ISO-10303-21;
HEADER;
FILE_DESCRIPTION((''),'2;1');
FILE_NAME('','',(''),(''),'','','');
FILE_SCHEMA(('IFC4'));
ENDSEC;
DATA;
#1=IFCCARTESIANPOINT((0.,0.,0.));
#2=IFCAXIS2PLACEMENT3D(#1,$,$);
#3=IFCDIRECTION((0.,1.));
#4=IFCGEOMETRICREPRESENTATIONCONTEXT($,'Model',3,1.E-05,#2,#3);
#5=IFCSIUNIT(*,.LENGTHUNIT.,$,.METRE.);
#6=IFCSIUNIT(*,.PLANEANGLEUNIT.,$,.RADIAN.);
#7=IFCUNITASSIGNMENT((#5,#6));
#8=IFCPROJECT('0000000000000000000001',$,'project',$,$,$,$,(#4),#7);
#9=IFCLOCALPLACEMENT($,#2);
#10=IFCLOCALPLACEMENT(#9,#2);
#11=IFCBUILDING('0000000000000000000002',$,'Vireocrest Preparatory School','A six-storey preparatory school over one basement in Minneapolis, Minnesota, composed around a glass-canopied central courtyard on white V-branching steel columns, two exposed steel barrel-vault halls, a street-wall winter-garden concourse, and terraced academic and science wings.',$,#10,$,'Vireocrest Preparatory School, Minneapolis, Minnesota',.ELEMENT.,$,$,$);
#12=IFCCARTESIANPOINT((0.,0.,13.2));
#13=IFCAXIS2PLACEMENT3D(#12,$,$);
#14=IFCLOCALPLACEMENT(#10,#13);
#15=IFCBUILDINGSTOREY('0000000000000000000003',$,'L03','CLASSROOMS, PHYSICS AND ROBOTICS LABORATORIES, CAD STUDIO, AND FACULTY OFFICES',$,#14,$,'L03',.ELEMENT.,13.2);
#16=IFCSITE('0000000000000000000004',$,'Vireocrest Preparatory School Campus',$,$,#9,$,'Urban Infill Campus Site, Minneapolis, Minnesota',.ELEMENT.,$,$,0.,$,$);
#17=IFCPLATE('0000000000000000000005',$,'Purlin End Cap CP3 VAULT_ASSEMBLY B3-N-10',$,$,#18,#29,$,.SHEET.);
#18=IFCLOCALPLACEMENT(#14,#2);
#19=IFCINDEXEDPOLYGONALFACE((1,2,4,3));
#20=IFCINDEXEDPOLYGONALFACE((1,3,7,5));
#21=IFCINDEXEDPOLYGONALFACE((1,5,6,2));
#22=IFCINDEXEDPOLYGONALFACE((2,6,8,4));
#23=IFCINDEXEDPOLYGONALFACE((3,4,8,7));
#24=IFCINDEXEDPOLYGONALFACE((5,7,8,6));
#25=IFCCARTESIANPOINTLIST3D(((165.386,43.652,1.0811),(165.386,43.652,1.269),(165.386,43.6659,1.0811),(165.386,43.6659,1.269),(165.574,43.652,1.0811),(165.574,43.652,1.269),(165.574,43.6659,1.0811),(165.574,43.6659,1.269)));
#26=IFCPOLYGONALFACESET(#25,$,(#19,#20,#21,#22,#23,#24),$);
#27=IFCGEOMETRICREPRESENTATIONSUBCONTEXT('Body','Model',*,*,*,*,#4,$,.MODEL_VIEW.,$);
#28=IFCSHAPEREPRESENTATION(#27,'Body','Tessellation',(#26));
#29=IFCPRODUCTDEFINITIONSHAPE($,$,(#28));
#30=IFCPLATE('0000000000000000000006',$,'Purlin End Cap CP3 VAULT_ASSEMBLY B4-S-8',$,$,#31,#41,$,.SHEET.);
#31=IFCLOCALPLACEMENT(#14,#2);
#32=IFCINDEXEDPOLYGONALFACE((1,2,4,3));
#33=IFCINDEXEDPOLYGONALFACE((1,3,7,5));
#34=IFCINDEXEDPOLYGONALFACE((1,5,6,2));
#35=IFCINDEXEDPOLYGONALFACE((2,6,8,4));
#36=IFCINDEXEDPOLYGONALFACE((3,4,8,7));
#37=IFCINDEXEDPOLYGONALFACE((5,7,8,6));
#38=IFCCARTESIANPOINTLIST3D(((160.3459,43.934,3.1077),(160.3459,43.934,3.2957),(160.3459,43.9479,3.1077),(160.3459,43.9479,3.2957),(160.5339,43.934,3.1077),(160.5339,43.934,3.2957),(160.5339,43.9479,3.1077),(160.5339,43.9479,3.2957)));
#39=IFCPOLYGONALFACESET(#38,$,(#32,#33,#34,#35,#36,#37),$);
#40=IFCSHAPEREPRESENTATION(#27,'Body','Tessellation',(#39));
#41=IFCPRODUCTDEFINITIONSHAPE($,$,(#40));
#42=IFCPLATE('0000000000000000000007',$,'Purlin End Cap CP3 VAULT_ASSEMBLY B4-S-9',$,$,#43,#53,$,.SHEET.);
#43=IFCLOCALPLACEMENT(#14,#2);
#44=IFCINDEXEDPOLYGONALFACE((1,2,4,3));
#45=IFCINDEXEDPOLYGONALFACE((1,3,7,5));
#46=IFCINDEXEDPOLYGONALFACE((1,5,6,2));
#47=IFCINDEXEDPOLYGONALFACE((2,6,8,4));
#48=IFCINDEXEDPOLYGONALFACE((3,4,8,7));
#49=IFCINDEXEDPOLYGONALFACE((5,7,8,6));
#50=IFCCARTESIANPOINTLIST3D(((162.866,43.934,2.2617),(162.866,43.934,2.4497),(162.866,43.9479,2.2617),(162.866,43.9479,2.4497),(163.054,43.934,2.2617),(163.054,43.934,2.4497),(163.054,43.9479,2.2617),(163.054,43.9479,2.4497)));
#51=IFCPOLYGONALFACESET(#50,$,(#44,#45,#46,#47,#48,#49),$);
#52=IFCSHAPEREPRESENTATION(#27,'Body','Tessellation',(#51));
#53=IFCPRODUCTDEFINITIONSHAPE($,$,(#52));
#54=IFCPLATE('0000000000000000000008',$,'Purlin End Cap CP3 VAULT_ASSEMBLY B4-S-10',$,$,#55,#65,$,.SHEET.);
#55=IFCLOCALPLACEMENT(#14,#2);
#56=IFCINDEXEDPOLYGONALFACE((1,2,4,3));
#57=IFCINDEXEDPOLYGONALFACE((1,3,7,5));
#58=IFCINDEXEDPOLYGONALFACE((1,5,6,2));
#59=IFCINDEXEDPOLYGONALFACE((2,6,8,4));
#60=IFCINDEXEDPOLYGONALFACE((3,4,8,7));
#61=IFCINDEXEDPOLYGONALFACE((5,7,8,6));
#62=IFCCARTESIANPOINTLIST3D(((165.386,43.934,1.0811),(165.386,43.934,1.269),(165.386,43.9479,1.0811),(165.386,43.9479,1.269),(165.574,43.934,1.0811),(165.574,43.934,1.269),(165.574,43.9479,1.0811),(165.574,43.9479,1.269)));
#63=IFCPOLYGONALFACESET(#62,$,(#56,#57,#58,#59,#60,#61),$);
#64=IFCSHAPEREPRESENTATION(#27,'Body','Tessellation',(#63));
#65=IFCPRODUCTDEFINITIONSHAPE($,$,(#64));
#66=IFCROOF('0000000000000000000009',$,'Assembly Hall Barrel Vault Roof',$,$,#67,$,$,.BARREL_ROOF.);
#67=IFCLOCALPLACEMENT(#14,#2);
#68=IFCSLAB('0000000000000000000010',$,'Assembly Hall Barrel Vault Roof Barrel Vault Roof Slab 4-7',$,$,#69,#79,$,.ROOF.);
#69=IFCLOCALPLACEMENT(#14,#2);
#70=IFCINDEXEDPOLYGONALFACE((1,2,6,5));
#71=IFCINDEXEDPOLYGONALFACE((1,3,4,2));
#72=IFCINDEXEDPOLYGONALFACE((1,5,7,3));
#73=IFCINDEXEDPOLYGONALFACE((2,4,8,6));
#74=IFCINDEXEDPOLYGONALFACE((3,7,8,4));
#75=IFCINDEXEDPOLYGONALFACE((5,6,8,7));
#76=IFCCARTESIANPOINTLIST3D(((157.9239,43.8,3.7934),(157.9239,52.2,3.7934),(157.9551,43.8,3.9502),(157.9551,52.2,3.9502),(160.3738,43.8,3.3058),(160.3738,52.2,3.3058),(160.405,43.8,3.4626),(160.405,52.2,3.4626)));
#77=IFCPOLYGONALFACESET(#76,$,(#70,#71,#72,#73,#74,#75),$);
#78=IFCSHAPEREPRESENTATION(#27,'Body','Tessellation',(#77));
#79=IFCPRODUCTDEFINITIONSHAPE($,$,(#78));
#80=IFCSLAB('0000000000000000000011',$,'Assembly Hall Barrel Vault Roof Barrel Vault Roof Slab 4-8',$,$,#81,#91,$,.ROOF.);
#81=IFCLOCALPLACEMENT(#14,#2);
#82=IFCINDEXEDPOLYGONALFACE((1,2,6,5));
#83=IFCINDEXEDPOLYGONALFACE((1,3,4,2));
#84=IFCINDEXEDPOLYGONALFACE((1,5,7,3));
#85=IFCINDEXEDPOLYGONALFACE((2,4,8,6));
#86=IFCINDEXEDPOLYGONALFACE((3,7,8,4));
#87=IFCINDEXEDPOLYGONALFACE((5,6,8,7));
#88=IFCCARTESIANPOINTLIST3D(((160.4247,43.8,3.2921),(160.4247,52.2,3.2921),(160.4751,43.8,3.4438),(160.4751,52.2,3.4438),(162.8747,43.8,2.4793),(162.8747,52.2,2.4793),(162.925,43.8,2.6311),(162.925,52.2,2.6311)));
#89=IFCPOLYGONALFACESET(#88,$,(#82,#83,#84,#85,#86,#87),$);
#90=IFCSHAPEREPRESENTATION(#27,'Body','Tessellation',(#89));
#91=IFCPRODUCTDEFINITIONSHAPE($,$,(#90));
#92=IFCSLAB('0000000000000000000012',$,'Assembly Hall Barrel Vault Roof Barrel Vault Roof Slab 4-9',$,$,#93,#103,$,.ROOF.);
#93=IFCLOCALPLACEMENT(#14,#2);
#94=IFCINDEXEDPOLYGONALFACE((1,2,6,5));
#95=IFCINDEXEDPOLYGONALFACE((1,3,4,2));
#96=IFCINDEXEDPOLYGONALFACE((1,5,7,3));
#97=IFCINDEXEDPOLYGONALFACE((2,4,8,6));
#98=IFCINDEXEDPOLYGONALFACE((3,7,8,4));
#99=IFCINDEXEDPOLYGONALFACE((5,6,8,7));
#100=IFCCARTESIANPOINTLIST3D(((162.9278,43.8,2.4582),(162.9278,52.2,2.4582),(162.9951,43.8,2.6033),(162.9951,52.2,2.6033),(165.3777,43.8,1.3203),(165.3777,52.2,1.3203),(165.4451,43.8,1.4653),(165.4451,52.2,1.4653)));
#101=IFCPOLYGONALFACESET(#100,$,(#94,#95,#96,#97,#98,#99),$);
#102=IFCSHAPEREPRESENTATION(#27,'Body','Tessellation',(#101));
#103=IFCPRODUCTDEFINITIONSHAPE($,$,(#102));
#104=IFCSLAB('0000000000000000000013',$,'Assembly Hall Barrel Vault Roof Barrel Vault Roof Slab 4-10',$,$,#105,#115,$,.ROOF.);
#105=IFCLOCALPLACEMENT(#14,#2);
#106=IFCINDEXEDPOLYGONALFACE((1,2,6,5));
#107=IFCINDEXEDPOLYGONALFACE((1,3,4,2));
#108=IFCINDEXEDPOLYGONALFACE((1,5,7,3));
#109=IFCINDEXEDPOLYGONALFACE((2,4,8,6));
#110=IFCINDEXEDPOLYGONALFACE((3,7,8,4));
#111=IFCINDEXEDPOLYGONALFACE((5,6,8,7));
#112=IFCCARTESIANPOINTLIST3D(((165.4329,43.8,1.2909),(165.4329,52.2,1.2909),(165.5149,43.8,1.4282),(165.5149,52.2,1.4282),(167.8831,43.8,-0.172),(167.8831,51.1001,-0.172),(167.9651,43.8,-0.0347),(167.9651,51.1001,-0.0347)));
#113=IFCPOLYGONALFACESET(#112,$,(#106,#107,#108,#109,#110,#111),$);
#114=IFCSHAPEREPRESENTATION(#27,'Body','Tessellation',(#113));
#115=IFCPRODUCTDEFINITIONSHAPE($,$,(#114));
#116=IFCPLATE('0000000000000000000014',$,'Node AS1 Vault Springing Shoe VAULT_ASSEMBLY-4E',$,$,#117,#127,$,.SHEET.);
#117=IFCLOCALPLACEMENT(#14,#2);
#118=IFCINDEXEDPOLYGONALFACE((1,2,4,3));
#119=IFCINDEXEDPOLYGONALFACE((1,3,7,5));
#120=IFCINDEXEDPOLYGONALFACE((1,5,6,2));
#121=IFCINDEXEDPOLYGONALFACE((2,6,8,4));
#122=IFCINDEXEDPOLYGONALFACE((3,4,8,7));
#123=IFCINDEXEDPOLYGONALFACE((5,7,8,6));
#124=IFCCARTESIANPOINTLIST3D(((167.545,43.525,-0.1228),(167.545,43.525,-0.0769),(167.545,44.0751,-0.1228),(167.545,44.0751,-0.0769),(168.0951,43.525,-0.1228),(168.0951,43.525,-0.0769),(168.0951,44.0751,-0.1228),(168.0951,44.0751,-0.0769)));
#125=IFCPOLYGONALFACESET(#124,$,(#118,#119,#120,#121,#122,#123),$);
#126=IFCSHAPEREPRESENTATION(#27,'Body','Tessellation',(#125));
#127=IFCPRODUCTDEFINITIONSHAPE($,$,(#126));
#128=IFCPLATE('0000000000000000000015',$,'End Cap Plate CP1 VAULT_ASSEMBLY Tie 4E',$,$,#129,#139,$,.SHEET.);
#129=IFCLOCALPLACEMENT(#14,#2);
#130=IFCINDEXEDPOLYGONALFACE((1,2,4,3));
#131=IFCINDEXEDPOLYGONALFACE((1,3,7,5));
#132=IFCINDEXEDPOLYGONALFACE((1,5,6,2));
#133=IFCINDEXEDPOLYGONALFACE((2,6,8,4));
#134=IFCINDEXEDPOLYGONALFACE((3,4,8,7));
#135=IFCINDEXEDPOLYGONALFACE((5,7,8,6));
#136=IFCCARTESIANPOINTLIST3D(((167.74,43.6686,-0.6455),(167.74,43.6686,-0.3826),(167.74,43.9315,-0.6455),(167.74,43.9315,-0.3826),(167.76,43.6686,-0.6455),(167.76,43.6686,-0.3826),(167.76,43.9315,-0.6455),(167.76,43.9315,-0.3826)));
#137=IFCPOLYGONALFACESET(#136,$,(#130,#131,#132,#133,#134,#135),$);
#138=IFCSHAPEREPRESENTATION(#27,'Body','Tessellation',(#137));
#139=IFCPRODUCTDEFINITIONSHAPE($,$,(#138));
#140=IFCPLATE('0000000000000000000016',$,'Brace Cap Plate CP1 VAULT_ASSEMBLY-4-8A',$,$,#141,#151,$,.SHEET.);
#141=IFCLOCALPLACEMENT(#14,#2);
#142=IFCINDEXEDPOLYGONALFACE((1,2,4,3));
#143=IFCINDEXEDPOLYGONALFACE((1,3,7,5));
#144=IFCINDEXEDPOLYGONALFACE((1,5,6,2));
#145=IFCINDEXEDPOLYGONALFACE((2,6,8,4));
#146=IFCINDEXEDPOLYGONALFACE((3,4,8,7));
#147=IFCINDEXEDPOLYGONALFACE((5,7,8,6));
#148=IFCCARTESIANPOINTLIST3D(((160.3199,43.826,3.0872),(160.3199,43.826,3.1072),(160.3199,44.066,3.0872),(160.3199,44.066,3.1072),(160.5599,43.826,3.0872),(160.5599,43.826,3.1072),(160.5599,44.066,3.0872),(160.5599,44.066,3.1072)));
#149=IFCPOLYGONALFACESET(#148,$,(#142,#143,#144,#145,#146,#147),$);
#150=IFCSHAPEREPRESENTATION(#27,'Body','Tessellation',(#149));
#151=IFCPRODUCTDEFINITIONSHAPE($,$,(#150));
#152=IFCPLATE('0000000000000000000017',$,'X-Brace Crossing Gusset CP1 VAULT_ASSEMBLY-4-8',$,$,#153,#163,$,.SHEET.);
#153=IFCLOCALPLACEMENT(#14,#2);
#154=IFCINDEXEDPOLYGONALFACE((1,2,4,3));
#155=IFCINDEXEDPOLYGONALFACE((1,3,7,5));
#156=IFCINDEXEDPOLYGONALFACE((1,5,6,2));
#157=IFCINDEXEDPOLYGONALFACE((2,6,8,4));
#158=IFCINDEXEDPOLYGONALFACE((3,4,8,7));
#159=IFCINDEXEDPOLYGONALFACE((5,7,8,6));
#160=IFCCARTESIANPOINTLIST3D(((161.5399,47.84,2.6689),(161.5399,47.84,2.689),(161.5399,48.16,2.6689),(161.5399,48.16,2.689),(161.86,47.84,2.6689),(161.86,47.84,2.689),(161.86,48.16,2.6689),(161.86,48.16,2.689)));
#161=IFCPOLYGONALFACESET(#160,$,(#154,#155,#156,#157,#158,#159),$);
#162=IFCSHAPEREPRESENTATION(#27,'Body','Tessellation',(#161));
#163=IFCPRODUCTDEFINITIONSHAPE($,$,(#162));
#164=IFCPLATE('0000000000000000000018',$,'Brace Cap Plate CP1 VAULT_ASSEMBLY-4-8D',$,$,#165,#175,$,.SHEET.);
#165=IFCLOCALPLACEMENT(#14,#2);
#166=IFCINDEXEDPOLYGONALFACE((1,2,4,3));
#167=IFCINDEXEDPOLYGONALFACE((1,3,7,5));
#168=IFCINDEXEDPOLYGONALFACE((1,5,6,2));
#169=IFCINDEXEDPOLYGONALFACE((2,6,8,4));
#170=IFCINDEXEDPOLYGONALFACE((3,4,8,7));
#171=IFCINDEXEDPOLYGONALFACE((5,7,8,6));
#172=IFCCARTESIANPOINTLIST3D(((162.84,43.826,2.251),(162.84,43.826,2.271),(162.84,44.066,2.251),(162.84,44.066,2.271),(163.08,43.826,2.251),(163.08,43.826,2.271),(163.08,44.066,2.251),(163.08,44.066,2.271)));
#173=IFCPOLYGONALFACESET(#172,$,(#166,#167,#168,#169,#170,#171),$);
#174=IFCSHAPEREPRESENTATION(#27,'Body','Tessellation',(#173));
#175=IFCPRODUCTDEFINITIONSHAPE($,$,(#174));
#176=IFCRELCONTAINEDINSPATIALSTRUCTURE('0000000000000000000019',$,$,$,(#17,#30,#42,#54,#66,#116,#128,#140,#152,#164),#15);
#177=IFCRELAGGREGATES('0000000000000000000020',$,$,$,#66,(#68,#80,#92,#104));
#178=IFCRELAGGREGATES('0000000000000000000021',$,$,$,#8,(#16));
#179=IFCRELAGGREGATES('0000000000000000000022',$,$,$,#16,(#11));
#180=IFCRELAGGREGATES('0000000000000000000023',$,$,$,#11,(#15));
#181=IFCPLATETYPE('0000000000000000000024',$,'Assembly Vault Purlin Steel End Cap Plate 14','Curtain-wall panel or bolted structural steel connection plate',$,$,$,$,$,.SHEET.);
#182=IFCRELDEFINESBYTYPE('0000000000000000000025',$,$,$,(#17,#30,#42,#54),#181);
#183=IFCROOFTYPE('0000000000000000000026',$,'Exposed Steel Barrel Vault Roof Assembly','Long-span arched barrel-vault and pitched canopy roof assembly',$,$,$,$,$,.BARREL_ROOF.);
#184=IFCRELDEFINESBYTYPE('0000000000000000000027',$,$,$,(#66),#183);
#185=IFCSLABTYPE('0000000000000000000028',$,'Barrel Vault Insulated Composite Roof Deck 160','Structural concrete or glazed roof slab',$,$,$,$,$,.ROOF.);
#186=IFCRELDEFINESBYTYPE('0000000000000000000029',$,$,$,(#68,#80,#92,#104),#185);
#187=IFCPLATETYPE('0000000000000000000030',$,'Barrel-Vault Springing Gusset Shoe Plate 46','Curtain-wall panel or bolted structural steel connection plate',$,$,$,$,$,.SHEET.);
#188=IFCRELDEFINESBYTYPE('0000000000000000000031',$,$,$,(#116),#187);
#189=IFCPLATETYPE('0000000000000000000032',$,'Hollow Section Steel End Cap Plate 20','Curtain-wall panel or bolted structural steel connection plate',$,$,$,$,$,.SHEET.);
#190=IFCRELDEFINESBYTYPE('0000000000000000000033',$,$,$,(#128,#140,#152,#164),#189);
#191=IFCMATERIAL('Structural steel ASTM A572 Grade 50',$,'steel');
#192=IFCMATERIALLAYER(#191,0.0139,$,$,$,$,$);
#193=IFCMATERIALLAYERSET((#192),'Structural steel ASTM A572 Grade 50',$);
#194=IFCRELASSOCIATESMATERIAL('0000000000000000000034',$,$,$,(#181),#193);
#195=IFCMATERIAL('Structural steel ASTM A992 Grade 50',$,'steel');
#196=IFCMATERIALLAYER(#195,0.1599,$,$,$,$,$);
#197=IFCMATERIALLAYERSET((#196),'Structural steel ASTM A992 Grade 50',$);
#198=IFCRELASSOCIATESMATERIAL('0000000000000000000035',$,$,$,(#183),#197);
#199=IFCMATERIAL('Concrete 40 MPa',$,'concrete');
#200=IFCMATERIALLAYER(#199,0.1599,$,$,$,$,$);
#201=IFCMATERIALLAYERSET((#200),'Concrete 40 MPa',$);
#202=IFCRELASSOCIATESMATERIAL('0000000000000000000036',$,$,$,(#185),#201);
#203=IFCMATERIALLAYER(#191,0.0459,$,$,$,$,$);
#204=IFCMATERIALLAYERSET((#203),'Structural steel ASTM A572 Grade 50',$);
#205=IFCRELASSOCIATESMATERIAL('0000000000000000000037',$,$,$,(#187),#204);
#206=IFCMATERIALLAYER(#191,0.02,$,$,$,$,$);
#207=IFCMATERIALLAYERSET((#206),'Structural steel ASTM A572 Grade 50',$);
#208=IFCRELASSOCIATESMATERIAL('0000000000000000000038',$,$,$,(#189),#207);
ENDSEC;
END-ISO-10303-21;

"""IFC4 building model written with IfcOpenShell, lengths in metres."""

from ifc_helpers import new_model, si_unit, direction, frame, origin, origin_2d, place, context, subcontext, project, spatial, polyline, rectangle, outline, extrude, material, layer, layer_set, type_object, element, aggregate, save


model = new_model("IFC4")

# Units and contexts
model_context = context("Model", 3, precision=1e-05, world=origin(), true_north=direction((0.0, 1.0)))
body_context = subcontext(model_context, "Body", "Model", "MODEL_VIEW")
ifc_project = project(units=[si_unit("LENGTHUNIT", "METRE"), si_unit("PLANEANGLEUNIT", "RADIAN")], contexts=[model_context])

# Site, building, storey
site_placement = place(None, origin())
site = spatial("IfcSite", under=ifc_project, at=site_placement, Name="Vireocrest Preparatory School Campus", LongName="Urban Infill Campus Site, Minneapolis, Minnesota", CompositionType="ELEMENT", RefElevation=0.0)
building_placement = place(site_placement, origin())
building = spatial("IfcBuilding", under=site, at=building_placement, Name="Vireocrest Preparatory School", Description="A six-storey preparatory school over one basement in Minneapolis, Minnesota, composed around a glass-canopied central courtyard on white V-branching steel columns, two exposed steel barrel-vault halls, a street-wall winter-garden concourse, and terraced academic and science wings.", LongName="Vireocrest Preparatory School, Minneapolis, Minnesota", CompositionType="ELEMENT")
storey_placement = place(building_placement, frame((0.0, 0.0, 13.2)))
storey = spatial("IfcBuildingStorey", under=building, at=storey_placement, Name="L03", Description="CLASSROOMS, PHYSICS AND ROBOTICS LABORATORIES, CAD STUDIO, AND FACULTY OFFICES", LongName="L03", CompositionType="ELEMENT", Elevation=13.2)

# Shared definitions
ifc_material_1 = material(Name="Structural steel ASTM A992 Grade 50", Category="steel")

# Plates
ifc_material_2 = material(Name="Structural steel ASTM A572 Grade 50", Category="steel")
ifc_layer_1 = layer(ifc_material_2, 0.0139)
ifc_layer_set_1 = layer_set([ifc_layer_1], Name="Structural steel ASTM A572 Grade 50")
plate_type_1 = type_object("IfcPlateType", Name="Assembly Vault Purlin Steel End Cap Plate 14", Description="Curtain-wall panel or bolted structural steel connection plate", PredefinedType="SHEET", material=ifc_layer_set_1)
for number, where, z_axis, x_axis, name in (
    (1, (165.48, 43.6589, 1.0811), (0.0, 0.0, 1.0), (1.0, 0.0, 0.0), "Purlin End Cap CP3 VAULT_ASSEMBLY B3-N-10"),
    (2, (160.4399, 43.9409, 3.1077), (0.0, 0.0, 1.0), (1.0, 0.0, 0.0), "Purlin End Cap CP3 VAULT_ASSEMBLY B4-S-8"),
    (3, (162.96, 43.9409, 2.2617), (0.0, 0.0, 1.0), (1.0, 0.0, 0.0), "Purlin End Cap CP3 VAULT_ASSEMBLY B4-S-9"),
    (4, (165.48, 43.9409, 1.0811), (0.0, 0.0, 1.0), (1.0, 0.0, 0.0), "Purlin End Cap CP3 VAULT_ASSEMBLY B4-S-10"),
):
    element("IfcPlate", number, at=place(storey_placement, frame(where, z_axis=z_axis, x_axis=x_axis)), inside=storey, type_object=plate_type_1, Name=name, PredefinedType="SHEET", context=body_context, shape_type="SweptSolid", body=[
        extrude(rectangle(XDim=0.188, YDim=0.0139, at=origin_2d()), origin(), (0.0, 0.0, 1.0), 0.188),
    ])

# Roof, slabs
ifc_layer_2 = layer(ifc_material_1, 0.1599)
ifc_layer_set_2 = layer_set([ifc_layer_2], Name="Structural steel ASTM A992 Grade 50")
roof_type = type_object("IfcRoofType", Name="Exposed Steel Barrel Vault Roof Assembly", Description="Long-span arched barrel-vault and pitched canopy roof assembly", PredefinedType="BARREL_ROOF", material=ifc_layer_set_2)
roof_placement = place(storey_placement, origin())
roof = element("IfcRoof", 5, at=roof_placement, inside=storey, type_object=roof_type, Name="Assembly Hall Barrel Vault Roof", PredefinedType="BARREL_ROOF")
ifc_material_3 = material(Name="Concrete 40 MPa", Category="concrete")
ifc_layer_3 = layer(ifc_material_3, 0.1599)
ifc_layer_set_3 = layer_set([ifc_layer_3], Name="Concrete 40 MPa")
slab_type = type_object("IfcSlabType", Name="Barrel Vault Insulated Composite Roof Deck 160", Description="Structural concrete or glazed roof slab", PredefinedType="ROOF", material=ifc_layer_set_3)
slab_1_placement = place(storey_placement, frame((157.9551, 43.8, 3.9502), z_axis=(0.195176, 0.0, 0.980768), x_axis=(0.980768, 0.0, -0.195176)))
slab_1 = element("IfcSlab", 6, at=slab_1_placement, type_object=slab_type, Name="Assembly Hall Barrel Vault Roof Barrel Vault Roof Slab 4-7", PredefinedType="ROOF", context=body_context, shape_type="SweptSolid", body=[
    extrude(outline(polyline([(0.0, 0.0), (2.498, 0.0), (2.498, 8.3999), (0.0, 8.3999), (0.0, 0.0)])), origin(), (0.0, 0.0, -1.0), 0.1599),
])
slab_2_placement = place(storey_placement, frame((160.4751, 43.8, 3.4438), z_axis=(0.314865, 0.0, 0.949136), x_axis=(0.949136, 0.0, -0.314865)))
slab_2 = element("IfcSlab", 7, at=slab_2_placement, type_object=slab_type, Name="Assembly Hall Barrel Vault Roof Barrel Vault Roof Slab 4-8", PredefinedType="ROOF", context=body_context, shape_type="SweptSolid", body=[
    extrude(outline(polyline([(0.0, 0.0), (2.5812, 0.0), (2.5812, 8.3999), (0.0, 8.3999), (0.0, 0.0)])), origin(), (0.0, 0.0, -1.0), 0.1599),
])
slab_3_placement = place(storey_placement, frame((162.9951, 43.8, 2.6033), z_axis=(0.421252, 0.0, 0.906944), x_axis=(0.906944, 0.0, -0.421252)))
slab_3 = element("IfcSlab", 8, at=slab_3_placement, type_object=slab_type, Name="Assembly Hall Barrel Vault Roof Barrel Vault Roof Slab 4-9", PredefinedType="ROOF", context=body_context, shape_type="SweptSolid", body=[
    extrude(outline(polyline([(0.0, 0.0), (2.7013, 0.0), (2.7013, 8.3999), (0.0, 8.3999), (0.0, 0.0)])), origin(), (0.0, 0.0, -1.0), 0.1599),
])
slab_4_placement = place(storey_placement, frame((165.5149, 43.8, 1.4282), z_axis=(0.512633, 0.0, 0.858608), x_axis=(0.858608, 0.0, -0.512633)))
slab_4 = element("IfcSlab", 9, at=slab_4_placement, type_object=slab_type, Name="Assembly Hall Barrel Vault Roof Barrel Vault Roof Slab 4-10", PredefinedType="ROOF", context=body_context, shape_type="SweptSolid", body=[
    extrude(outline(polyline([(0.0, 0.0), (2.8537, 0.0), (2.8537, 7.3), (0.0, 8.3999), (0.0, 0.0)])), origin(), (0.0, 0.0, -1.0), 0.1599),
])
aggregate(roof, [slab_1, slab_2, slab_3, slab_4])

# Plates
ifc_layer_4 = layer(ifc_material_2, 0.0459)
ifc_layer_set_4 = layer_set([ifc_layer_4], Name="Structural steel ASTM A572 Grade 50")
plate_type_2 = type_object("IfcPlateType", Name="Barrel-Vault Springing Gusset Shoe Plate 46", Description="Curtain-wall panel or bolted structural steel connection plate", PredefinedType="SHEET", material=ifc_layer_set_4)
plate_1_placement = place(storey_placement, frame((167.8201, 43.8, -0.1228), z_axis=(0.0, 0.0, 1.0), x_axis=(1.0, 0.0, 0.0)))
element("IfcPlate", 10, at=plate_1_placement, inside=storey, type_object=plate_type_2, Name="Node AS1 Vault Springing Shoe VAULT_ASSEMBLY-4E", PredefinedType="SHEET", context=body_context, shape_type="SweptSolid", body=[
    extrude(rectangle(XDim=0.55, YDim=0.55, at=origin_2d()), origin(), (0.0, 0.0, 1.0), 0.0459),
])
ifc_layer_5 = layer(ifc_material_2, 0.02)
ifc_layer_set_5 = layer_set([ifc_layer_5], Name="Structural steel ASTM A572 Grade 50")
plate_type_3 = type_object("IfcPlateType", Name="Hollow Section Steel End Cap Plate 20", Description="Curtain-wall panel or bolted structural steel connection plate", PredefinedType="SHEET", material=ifc_layer_set_5)
plate_2_placement = place(storey_placement, frame((167.75, 43.8, -0.6455), z_axis=(0.0, 0.0, 1.0), x_axis=(1.0, 0.0, 0.0)))
element("IfcPlate", 11, at=plate_2_placement, inside=storey, type_object=plate_type_3, Name="End Cap Plate CP1 VAULT_ASSEMBLY Tie 4E", PredefinedType="SHEET", context=body_context, shape_type="SweptSolid", body=[
    extrude(rectangle(XDim=0.02, YDim=0.2629, at=origin_2d()), origin(), (0.0, 0.0, 1.0), 0.2629),
])
plate_3_placement = place(storey_placement, frame((160.4399, 43.946, 3.0872), z_axis=(0.0, 0.0, 1.0), x_axis=(1.0, 0.0, 0.0)))
element("IfcPlate", 12, at=plate_3_placement, inside=storey, type_object=plate_type_3, Name="Brace Cap Plate CP1 VAULT_ASSEMBLY-4-8A", PredefinedType="SHEET", context=body_context, shape_type="SweptSolid", body=[
    extrude(rectangle(XDim=0.24, YDim=0.24, at=origin_2d()), origin(), (0.0, 0.0, 1.0), 0.02),
])
plate_4_placement = place(storey_placement, frame((161.7, 48.0, 2.6689), z_axis=(0.0, 0.0, 1.0), x_axis=(1.0, 0.0, 0.0)))
element("IfcPlate", 13, at=plate_4_placement, inside=storey, type_object=plate_type_3, Name="X-Brace Crossing Gusset CP1 VAULT_ASSEMBLY-4-8", PredefinedType="SHEET", context=body_context, shape_type="SweptSolid", body=[
    extrude(rectangle(XDim=0.3201, YDim=0.3201, at=origin_2d()), origin(), (0.0, 0.0, 1.0), 0.02),
])
plate_5_placement = place(storey_placement, frame((162.96, 43.946, 2.251), z_axis=(0.0, 0.0, 1.0), x_axis=(1.0, 0.0, 0.0)))
element("IfcPlate", 14, at=plate_5_placement, inside=storey, type_object=plate_type_3, Name="Brace Cap Plate CP1 VAULT_ASSEMBLY-4-8D", PredefinedType="SHEET", context=body_context, shape_type="SweptSolid", body=[
    extrude(rectangle(XDim=0.24, YDim=0.24, at=origin_2d()), origin(), (0.0, 0.0, 1.0), 0.02),
])

save(model, "model.ifc")
